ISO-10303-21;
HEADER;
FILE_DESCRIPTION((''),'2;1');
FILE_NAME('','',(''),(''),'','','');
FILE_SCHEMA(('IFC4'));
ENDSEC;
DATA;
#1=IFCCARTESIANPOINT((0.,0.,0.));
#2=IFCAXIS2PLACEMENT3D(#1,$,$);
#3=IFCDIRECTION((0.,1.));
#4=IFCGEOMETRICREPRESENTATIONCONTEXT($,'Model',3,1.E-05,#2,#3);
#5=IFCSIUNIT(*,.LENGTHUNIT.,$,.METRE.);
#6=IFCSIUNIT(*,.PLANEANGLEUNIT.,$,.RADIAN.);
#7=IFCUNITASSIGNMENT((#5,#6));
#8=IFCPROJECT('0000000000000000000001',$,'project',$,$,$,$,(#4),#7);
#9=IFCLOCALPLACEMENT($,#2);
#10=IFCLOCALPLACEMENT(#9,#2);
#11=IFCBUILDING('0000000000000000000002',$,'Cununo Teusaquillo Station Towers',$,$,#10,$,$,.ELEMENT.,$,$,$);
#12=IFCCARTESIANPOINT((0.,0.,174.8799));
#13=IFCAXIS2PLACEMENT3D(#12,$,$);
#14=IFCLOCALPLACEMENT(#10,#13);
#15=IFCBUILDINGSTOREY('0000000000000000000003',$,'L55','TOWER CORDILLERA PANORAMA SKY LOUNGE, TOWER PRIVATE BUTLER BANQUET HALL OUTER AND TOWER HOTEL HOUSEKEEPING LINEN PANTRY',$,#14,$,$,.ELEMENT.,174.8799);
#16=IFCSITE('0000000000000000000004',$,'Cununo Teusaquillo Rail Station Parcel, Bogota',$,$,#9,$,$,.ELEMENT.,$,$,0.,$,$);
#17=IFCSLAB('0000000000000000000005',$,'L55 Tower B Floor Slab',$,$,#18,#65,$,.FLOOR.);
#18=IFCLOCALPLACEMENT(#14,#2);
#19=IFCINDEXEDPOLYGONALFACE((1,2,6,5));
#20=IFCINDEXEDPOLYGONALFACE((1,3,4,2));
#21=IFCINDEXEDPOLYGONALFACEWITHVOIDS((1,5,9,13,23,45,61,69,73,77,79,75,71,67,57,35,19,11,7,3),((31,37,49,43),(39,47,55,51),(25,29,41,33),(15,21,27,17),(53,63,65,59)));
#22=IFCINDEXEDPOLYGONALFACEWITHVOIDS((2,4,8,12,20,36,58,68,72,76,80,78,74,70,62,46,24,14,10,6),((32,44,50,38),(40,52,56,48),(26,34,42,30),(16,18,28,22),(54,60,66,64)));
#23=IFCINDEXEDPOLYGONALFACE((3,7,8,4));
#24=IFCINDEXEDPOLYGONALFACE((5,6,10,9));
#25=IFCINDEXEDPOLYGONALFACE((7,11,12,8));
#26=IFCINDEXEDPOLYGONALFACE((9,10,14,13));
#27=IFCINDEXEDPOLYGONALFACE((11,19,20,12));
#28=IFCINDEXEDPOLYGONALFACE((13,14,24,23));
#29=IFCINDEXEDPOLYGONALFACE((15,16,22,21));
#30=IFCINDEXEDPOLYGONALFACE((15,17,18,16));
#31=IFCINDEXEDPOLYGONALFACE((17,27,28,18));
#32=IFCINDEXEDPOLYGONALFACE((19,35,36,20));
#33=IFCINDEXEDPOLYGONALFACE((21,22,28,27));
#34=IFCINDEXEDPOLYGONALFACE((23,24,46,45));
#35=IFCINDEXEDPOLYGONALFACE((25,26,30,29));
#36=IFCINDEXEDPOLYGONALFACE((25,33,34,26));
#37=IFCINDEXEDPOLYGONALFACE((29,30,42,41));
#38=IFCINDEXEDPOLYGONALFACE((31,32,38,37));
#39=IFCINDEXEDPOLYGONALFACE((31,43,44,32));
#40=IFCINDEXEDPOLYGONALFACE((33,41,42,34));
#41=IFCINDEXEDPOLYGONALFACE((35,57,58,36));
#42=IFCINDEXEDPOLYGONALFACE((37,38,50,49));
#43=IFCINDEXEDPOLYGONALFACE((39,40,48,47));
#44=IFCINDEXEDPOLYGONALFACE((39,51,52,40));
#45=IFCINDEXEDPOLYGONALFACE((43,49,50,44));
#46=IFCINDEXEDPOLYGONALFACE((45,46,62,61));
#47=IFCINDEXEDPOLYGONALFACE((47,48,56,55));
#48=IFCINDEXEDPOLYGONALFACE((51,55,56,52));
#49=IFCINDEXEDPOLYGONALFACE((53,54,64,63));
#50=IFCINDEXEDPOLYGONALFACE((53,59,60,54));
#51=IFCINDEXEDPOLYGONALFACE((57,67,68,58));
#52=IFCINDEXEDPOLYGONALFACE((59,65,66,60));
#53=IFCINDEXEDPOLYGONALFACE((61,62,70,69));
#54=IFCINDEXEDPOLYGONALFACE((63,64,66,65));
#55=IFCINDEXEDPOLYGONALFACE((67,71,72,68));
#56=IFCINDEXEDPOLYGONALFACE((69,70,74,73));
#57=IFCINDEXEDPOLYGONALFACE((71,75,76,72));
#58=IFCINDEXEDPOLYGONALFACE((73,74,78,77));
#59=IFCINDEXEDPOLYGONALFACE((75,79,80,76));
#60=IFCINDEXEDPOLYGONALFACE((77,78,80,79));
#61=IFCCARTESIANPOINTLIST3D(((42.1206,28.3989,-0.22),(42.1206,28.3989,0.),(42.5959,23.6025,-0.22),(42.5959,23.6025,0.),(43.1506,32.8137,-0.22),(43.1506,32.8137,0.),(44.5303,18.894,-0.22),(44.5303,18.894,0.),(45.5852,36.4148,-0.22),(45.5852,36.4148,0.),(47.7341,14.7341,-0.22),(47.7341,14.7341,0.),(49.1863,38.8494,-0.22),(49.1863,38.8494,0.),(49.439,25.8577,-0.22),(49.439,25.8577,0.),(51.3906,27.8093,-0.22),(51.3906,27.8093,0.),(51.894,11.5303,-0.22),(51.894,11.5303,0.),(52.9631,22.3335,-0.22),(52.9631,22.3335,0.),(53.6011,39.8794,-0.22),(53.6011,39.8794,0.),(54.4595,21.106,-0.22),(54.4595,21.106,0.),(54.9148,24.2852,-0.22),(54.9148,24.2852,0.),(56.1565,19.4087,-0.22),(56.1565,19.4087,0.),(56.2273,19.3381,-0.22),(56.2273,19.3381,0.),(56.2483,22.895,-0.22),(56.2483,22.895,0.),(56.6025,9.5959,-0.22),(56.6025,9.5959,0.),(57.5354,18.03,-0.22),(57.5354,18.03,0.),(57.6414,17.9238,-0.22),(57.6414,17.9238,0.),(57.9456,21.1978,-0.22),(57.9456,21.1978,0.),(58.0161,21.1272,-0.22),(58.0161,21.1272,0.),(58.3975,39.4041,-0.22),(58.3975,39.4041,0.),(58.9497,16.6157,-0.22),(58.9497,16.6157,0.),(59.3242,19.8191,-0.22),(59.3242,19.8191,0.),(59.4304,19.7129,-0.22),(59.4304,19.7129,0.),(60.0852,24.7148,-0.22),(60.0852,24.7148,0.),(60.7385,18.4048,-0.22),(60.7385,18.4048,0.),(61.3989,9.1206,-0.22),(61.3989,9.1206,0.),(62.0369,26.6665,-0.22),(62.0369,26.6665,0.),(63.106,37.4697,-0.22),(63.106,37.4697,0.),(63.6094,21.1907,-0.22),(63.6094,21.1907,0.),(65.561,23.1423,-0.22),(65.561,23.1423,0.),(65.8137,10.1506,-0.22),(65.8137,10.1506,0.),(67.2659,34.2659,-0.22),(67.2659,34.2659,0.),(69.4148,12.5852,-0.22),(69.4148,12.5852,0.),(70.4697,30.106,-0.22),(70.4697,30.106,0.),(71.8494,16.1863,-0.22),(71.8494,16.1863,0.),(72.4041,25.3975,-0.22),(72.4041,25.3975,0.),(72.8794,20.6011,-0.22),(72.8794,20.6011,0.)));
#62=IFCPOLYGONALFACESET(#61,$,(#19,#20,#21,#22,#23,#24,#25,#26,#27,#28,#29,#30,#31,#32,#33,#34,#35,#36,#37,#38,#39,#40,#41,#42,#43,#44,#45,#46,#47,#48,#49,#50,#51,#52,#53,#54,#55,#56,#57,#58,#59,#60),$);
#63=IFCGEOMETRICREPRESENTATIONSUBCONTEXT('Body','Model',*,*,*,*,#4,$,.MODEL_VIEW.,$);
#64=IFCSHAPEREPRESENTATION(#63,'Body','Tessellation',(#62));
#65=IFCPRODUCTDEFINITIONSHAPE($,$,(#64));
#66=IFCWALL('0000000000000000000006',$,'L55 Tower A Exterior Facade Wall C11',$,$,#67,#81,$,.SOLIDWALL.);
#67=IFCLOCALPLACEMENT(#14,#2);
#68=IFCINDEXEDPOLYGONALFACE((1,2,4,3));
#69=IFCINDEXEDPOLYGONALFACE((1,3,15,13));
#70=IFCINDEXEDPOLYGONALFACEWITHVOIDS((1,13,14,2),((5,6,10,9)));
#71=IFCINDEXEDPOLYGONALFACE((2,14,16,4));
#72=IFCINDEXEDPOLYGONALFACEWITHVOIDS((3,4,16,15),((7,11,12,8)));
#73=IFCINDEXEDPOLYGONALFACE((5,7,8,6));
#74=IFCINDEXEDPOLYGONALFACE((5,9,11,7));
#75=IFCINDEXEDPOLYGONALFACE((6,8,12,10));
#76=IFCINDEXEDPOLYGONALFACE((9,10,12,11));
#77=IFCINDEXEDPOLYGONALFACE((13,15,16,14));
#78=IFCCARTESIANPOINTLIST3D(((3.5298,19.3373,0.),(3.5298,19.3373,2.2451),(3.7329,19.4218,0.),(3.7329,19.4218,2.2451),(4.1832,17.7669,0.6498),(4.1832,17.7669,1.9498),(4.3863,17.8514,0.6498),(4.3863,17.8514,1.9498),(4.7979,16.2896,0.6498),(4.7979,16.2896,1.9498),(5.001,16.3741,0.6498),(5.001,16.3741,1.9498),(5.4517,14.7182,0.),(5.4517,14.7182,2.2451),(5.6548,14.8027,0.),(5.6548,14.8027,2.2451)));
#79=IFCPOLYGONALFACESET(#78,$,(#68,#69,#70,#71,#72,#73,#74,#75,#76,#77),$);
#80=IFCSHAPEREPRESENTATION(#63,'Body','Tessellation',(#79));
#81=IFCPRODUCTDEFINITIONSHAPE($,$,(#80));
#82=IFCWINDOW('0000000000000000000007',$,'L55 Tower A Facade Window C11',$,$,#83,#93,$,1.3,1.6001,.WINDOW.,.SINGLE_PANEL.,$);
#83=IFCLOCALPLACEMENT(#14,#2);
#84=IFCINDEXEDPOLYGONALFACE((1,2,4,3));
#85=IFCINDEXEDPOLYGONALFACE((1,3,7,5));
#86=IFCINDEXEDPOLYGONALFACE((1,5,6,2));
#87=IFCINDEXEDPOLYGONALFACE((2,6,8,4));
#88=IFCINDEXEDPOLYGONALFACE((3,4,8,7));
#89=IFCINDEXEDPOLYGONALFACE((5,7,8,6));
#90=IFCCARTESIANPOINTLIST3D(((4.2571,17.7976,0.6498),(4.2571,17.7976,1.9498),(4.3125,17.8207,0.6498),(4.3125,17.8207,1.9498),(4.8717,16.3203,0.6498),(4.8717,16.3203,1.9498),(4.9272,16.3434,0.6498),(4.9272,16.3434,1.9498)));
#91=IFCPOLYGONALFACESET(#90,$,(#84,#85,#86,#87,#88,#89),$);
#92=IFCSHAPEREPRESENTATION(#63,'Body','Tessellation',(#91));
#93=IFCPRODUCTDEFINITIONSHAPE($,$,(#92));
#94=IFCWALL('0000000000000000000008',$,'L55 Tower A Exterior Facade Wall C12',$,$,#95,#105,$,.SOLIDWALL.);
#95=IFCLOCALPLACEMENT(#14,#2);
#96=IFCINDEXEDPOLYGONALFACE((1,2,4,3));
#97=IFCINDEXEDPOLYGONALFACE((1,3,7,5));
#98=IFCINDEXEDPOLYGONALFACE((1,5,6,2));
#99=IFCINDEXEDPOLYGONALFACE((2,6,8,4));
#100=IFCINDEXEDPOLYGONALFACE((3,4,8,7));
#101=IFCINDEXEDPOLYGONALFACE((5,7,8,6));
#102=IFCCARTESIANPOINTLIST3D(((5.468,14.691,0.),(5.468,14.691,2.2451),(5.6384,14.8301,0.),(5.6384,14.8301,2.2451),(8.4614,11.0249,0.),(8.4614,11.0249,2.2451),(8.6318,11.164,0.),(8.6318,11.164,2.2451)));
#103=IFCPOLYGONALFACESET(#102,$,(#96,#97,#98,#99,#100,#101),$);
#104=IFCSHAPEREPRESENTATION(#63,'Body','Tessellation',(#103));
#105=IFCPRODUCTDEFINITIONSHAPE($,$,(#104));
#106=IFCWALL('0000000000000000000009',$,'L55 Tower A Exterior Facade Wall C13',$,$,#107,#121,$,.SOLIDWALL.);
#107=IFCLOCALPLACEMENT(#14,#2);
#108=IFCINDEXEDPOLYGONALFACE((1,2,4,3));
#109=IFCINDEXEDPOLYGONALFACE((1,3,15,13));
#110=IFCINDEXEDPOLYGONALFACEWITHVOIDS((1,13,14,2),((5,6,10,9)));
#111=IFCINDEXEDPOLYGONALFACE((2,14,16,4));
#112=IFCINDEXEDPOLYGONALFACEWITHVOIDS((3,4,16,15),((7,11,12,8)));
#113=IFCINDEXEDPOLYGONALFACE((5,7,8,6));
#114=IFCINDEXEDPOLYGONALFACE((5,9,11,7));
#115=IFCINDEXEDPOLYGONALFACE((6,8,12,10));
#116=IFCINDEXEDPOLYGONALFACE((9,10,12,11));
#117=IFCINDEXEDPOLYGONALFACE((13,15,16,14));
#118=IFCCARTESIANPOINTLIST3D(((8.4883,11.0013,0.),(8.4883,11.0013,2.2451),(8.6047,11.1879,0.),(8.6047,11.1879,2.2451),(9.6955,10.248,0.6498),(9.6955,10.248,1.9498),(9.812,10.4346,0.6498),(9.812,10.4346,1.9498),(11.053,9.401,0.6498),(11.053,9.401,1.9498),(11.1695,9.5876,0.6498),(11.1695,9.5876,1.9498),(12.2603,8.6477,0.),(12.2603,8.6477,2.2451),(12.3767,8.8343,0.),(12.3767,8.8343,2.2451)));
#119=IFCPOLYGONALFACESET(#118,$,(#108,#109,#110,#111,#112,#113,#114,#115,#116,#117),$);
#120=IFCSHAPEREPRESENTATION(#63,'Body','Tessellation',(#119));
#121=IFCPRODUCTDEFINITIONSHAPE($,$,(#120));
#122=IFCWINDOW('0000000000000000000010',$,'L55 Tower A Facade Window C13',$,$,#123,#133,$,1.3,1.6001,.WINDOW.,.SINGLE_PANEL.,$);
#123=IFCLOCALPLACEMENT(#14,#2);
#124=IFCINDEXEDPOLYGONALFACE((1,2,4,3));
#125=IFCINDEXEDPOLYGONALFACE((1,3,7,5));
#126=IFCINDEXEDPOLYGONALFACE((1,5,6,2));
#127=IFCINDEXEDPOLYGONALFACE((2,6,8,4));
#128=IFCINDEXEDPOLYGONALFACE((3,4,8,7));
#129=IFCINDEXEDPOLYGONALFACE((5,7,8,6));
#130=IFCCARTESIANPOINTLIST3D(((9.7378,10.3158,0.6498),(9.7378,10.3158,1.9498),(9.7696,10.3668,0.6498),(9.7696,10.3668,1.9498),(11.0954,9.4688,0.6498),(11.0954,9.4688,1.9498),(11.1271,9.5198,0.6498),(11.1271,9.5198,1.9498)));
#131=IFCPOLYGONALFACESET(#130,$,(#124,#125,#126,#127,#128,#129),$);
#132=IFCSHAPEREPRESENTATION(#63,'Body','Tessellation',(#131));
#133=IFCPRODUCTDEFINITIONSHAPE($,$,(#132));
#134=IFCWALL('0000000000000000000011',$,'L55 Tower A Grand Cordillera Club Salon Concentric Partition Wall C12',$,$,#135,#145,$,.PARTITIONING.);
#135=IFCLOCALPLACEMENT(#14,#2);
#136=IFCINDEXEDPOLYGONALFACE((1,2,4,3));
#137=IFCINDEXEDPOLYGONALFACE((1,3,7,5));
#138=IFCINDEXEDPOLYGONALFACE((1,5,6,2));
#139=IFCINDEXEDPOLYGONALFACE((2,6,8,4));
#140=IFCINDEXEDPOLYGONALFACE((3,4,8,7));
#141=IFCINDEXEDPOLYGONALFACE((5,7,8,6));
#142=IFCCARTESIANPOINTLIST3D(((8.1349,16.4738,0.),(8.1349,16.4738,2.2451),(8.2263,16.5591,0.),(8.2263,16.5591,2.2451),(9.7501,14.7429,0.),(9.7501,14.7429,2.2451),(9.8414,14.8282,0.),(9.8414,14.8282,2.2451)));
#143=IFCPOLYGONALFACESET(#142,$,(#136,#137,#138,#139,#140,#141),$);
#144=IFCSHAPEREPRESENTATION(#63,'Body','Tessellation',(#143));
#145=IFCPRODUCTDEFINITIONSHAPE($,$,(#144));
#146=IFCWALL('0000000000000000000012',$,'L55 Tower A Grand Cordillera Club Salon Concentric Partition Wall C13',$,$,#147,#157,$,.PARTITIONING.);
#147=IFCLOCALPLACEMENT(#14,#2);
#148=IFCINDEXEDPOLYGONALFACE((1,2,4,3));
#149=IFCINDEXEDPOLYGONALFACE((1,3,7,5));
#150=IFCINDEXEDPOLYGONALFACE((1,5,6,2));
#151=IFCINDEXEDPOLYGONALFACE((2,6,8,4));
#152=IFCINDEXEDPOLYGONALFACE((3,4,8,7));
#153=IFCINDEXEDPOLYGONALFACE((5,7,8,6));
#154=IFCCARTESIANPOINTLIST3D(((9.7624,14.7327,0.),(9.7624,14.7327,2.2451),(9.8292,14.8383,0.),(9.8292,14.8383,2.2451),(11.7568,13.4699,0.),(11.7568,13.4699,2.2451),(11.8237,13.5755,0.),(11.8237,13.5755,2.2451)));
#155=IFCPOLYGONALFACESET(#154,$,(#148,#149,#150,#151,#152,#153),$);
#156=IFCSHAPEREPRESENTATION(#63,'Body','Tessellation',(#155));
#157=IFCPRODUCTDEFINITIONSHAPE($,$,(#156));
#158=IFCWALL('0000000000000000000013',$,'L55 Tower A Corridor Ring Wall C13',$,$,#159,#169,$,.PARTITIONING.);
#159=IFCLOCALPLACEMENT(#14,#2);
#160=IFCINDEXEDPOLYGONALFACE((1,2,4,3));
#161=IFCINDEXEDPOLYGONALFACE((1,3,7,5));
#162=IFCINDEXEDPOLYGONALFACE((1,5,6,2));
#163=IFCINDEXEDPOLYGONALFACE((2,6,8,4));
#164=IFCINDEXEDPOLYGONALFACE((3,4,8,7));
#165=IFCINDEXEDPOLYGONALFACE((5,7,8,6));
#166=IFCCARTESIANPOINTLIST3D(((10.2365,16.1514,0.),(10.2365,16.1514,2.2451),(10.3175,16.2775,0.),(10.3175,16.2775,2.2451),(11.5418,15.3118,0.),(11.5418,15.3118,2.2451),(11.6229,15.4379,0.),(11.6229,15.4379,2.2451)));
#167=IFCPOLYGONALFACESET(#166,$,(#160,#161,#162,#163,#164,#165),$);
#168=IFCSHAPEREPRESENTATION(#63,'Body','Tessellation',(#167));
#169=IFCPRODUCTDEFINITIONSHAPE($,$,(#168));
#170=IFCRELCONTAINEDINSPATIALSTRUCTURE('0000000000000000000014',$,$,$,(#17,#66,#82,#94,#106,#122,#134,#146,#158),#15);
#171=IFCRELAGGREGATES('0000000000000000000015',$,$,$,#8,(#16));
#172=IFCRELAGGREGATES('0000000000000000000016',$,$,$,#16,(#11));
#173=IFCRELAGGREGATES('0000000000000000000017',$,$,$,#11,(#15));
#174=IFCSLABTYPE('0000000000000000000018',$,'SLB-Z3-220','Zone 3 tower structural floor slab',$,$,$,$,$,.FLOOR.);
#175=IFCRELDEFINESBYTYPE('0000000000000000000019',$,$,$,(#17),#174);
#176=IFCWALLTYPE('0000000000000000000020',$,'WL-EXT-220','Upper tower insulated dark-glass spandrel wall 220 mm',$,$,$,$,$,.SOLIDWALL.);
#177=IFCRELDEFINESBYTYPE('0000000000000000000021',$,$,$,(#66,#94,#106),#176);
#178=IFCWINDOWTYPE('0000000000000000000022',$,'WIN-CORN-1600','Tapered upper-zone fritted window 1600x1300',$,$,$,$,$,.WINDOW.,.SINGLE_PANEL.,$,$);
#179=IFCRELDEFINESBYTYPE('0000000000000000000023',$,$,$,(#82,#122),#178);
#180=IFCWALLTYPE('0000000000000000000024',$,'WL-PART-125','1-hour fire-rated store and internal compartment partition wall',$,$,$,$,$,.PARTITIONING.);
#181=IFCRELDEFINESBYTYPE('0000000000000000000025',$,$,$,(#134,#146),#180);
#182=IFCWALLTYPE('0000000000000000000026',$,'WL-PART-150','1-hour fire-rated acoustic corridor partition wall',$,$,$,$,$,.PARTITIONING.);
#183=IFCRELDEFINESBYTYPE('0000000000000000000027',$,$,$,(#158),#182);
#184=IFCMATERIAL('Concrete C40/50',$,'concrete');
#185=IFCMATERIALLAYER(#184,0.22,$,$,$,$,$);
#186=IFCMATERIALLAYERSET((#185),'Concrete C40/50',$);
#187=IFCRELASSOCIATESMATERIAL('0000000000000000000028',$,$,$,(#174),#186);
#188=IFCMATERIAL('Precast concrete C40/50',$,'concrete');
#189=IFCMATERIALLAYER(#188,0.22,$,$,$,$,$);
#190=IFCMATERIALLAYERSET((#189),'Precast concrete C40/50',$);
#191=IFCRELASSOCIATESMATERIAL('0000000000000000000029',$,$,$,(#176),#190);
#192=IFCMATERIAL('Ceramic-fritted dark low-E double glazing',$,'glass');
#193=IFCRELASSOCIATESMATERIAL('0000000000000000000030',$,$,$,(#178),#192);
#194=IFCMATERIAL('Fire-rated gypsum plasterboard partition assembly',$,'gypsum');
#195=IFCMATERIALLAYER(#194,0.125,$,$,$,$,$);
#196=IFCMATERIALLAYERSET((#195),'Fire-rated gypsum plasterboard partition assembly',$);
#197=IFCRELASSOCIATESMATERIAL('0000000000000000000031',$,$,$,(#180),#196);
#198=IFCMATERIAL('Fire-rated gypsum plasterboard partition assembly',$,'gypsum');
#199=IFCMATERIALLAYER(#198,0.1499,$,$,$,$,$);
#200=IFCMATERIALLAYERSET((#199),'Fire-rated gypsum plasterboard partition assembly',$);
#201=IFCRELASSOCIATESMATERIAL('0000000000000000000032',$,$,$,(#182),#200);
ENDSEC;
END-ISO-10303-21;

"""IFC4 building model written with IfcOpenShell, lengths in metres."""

from ifc_helpers import new_model, si_unit, direction, frame, frame_2d, origin, place, context, subcontext, project, spatial, polyline, rectangle, outline, extrude, source, transform, mapped, material, layer, layer_set, type_object, element, fill, save


model = new_model("IFC4")

# Units and contexts
model_context = context("Model", 3, precision=1e-05, world=origin(), true_north=direction((0.0, 1.0)))
body_context = subcontext(model_context, "Body", "Model", "MODEL_VIEW")
ifc_project = project(units=[si_unit("LENGTHUNIT", "METRE"), si_unit("PLANEANGLEUNIT", "RADIAN")], contexts=[model_context])

# Site, building, storey
site_placement = place(None, origin())
site = spatial("IfcSite", under=ifc_project, at=site_placement, Name="Cununo Teusaquillo Rail Station Parcel, Bogota", CompositionType="ELEMENT", RefElevation=0.0)
building_placement = place(site_placement, origin())
building = spatial("IfcBuilding", under=site, at=building_placement, Name="Cununo Teusaquillo Station Towers", CompositionType="ELEMENT")
storey_placement = place(building_placement, frame((0.0, 0.0, 174.8799)))
storey = spatial("IfcBuildingStorey", under=building, at=storey_placement, Name="L55", Description="TOWER CORDILLERA PANORAMA SKY LOUNGE, TOWER PRIVATE BUTLER BANQUET HALL OUTER AND TOWER HOTEL HOUSEKEEPING LINEN PANTRY", CompositionType="ELEMENT", Elevation=174.8799)

# Slab
ifc_material_1 = material(Name="Concrete C40/50", Category="concrete")
ifc_layer_1 = layer(ifc_material_1, 0.22)
ifc_layer_set_1 = layer_set([ifc_layer_1], Name="Concrete C40/50")
slab_type_1 = type_object("IfcSlabType", Name="SLB-Z3-220", Description="Zone 3 tower structural floor slab", PredefinedType="FLOOR", material=ifc_layer_set_1)
slab_1_placement = place(storey_placement, frame((0.0, 0.0, -0.22)))
element("IfcSlab", 1, at=slab_1_placement, inside=storey, type_object=slab_type_1, Name="L55 Tower B Floor Slab", PredefinedType="FLOOR", context=body_context, shape_type="SweptSolid", body=[
    extrude(outline(polyline([(67.2659, 34.2659), (63.106, 37.4697), (58.3975, 39.4041), (53.6011, 39.8794), (49.1863, 38.8494), (45.5852, 36.4148), (43.1506, 32.8137), (42.1206, 28.3989), (42.5959, 23.6025), (44.5303, 18.894), (47.7341, 14.7341), (51.894, 11.5303), (56.6025, 9.5959), (61.3989, 9.1206), (65.8137, 10.1506), (69.4148, 12.5852), (71.8494, 16.1863), (72.8794, 20.6011), (72.4041, 25.3975), (70.4697, 30.106), (67.2659, 34.2659)]), holes=[polyline([(54.9148, 24.2852), (51.3906, 27.8093), (49.439, 25.8577), (52.9631, 22.3335), (54.9148, 24.2852)]), polyline([(60.0852, 24.7148), (63.6094, 21.1907), (65.561, 23.1423), (62.0369, 26.6665), (60.0852, 24.7148)]), polyline([(56.1565, 19.4087), (57.9456, 21.1978), (56.2483, 22.895), (54.4595, 21.106), (56.1565, 19.4087)]), polyline([(58.9497, 16.6157), (60.7385, 18.4048), (59.4304, 19.7129), (57.6414, 17.9238), (58.9497, 16.6157)]), polyline([(57.5354, 18.03), (59.3242, 19.8191), (58.0161, 21.1272), (56.2273, 19.3381), (57.5354, 18.03)])]), origin(), (0.0, 0.0, 1.0), 0.22),
])

# Wall, opening, window
ifc_material_2 = material(Name="Precast concrete C40/50", Category="concrete")
ifc_layer_2 = layer(ifc_material_2, 0.22)
ifc_layer_set_2 = layer_set([ifc_layer_2], Name="Precast concrete C40/50")
wall_type_1 = type_object("IfcWallType", Name="WL-EXT-220", Description="Upper tower insulated dark-glass spandrel wall 220 mm", PredefinedType="SOLIDWALL", material=ifc_layer_set_2)
wall_1_placement = place(storey_placement, frame((5.5532, 14.7605, 0.0), z_axis=(0.0, 0.0, 1.0), x_axis=(-0.384144, 0.923273, 0.0)))
wall_1 = element("IfcWall", 2, at=wall_1_placement, inside=storey, type_object=wall_type_1, Name="L55 Tower A Exterior Facade Wall C11", PredefinedType="SOLIDWALL", context=body_context, shape_type="SweptSolid", body=[
    extrude(rectangle(XDim=5.0029, YDim=0.22, at=frame_2d((2.5015, 0.0))), origin(), (0.0, 0.0, 1.0), 2.2451),
])
shared_shape_1 = source(origin(), body_context, "Body", "SweptSolid", [
    extrude(rectangle(XDim=1.6001, YDim=1.3, at=frame_2d((0.8, 0.6499))), frame((0.0, 0.1199, 0.0), z_axis=(0.0, -1.0, 0.0), x_axis=(1.0, 0.0, 0.0)), (0.0, 0.0, 1.0), 0.24),
])
opening_1_placement = place(wall_1_placement, frame((1.7019, 0.0, 0.6499)))
opening_1 = element("IfcOpeningElement", 3, at=opening_1_placement, cuts=wall_1, PredefinedType="OPENING", context=body_context, shape_type="MappedRepresentation", body=[
    mapped(shared_shape_1, transform((0.0, 0.0, 0.0), x_axis=(1.0, 0.0, 0.0), y_axis=(0.0, 1.0, 0.0), z_axis=(0.0, 0.0, 1.0), scale=1.0)),
])
ifc_material_3 = material(Name="Ceramic-fritted dark low-E double glazing", Category="glass")
window_type = type_object("IfcWindowType", Name="WIN-CORN-1600", Description="Tapered upper-zone fritted window 1600x1300", PartitioningType="SINGLE_PANEL", PredefinedType="WINDOW", material=ifc_material_3)
shared_shape_2 = source(origin(), body_context, "Body", "SweptSolid", [
    extrude(rectangle(XDim=1.6001, YDim=1.3, at=frame_2d((0.8, 0.6499))), frame((0.0, 0.03, 0.0), z_axis=(0.0, -1.0, 0.0), x_axis=(1.0, 0.0, 0.0)), (0.0, 0.0, 1.0), 0.0601),
])
window_1_placement = place(opening_1_placement, origin())
window_1 = element("IfcWindow", 4, at=window_1_placement, inside=storey, type_object=window_type, Name="L55 Tower A Facade Window C11", OverallHeight=1.3, OverallWidth=1.6001, PartitioningType="SINGLE_PANEL", PredefinedType="WINDOW", context=body_context, shape_type="MappedRepresentation", body=[
    mapped(shared_shape_2, transform((0.0, 0.0, 0.0), x_axis=(1.0, 0.0, 0.0), y_axis=(0.0, 1.0, 0.0), z_axis=(0.0, 0.0, 1.0), scale=1.0)),
])
fill(opening_1, window_1)

# Wall
wall_2_placement = place(storey_placement, frame((8.5466, 11.0945, 0.0), z_axis=(0.0, 0.0, 1.0), x_axis=(-0.632471, 0.774584, 0.0)))
element("IfcWall", 5, at=wall_2_placement, inside=storey, type_object=wall_type_1, Name="L55 Tower A Exterior Facade Wall C12", PredefinedType="SOLIDWALL", context=body_context, shape_type="SweptSolid", body=[
    extrude(rectangle(XDim=4.7329, YDim=0.22, at=frame_2d((2.3665, 0.0))), origin(), (0.0, 0.0, 1.0), 2.2451),
])

# Wall, opening, window
wall_3_placement = place(storey_placement, frame((12.3186, 8.741, 0.0), z_axis=(0.0, 0.0, 1.0), x_axis=(-0.848399, 0.529357, 0.0)))
wall_3 = element("IfcWall", 6, at=wall_3_placement, inside=storey, type_object=wall_type_1, Name="L55 Tower A Exterior Facade Wall C13", PredefinedType="SOLIDWALL", context=body_context, shape_type="SweptSolid", body=[
    extrude(rectangle(XDim=4.446, YDim=0.22, at=frame_2d((2.2231, 0.0))), origin(), (0.0, 0.0, 1.0), 2.2451),
])
opening_2_placement = place(wall_3_placement, frame((1.4231, 0.0, 0.6499)))
opening_2 = element("IfcOpeningElement", 7, at=opening_2_placement, cuts=wall_3, PredefinedType="OPENING", context=body_context, shape_type="MappedRepresentation", body=[
    mapped(shared_shape_1, transform((0.0, 0.0, 0.0), x_axis=(1.0, 0.0, 0.0), y_axis=(0.0, 1.0, 0.0), z_axis=(0.0, 0.0, 1.0), scale=1.0)),
])
window_2_placement = place(opening_2_placement, origin())
window_2 = element("IfcWindow", 8, at=window_2_placement, inside=storey, type_object=window_type, Name="L55 Tower A Facade Window C13", OverallHeight=1.3, OverallWidth=1.6001, PartitioningType="SINGLE_PANEL", PredefinedType="WINDOW", context=body_context, shape_type="MappedRepresentation", body=[
    mapped(shared_shape_2, transform((0.0, 0.0, 0.0), x_axis=(1.0, 0.0, 0.0), y_axis=(0.0, 1.0, 0.0), z_axis=(0.0, 0.0, 1.0), scale=1.0)),
])
fill(opening_2, window_2)

# Walls
ifc_material_4 = material(Name="Fire-rated gypsum plasterboard partition assembly", Category="gypsum")
ifc_layer_3 = layer(ifc_material_4, 0.125)
ifc_layer_set_3 = layer_set([ifc_layer_3], Name="Fire-rated gypsum plasterboard partition assembly")
wall_type_2 = type_object("IfcWallType", Name="WL-PART-125", Description="1-hour fire-rated store and internal compartment partition wall", PredefinedType="PARTITIONING", material=ifc_layer_set_3)
wall_4_placement = place(storey_placement, frame((8.1807, 16.5164, 0.0), z_axis=(0.0, 0.0, 1.0), x_axis=(0.682245, -0.731124, 0.0)))
element("IfcWall", 9, at=wall_4_placement, inside=storey, type_object=wall_type_2, Name="L55 Tower A Grand Cordillera Club Salon Concentric Partition Wall C12", PredefinedType="PARTITIONING", context=body_context, shape_type="SweptSolid", body=[
    extrude(rectangle(XDim=2.3674, YDim=0.125, at=frame_2d((1.1836, 0.0))), origin(), (0.0, 0.0, 1.0), 2.2451),
])
wall_5_placement = place(storey_placement, frame((9.7959, 14.7854, 0.0), z_axis=(0.0, 0.0, 1.0), x_axis=(0.844899, -0.534927, 0.0)))
element("IfcWall", 10, at=wall_5_placement, inside=storey, type_object=wall_type_2, Name="L55 Tower A Grand Cordillera Club Salon Concentric Partition Wall C13", PredefinedType="PARTITIONING", context=body_context, shape_type="SweptSolid", body=[
    extrude(rectangle(XDim=2.3606, YDim=0.125, at=frame_2d((1.1802, 0.0))), origin(), (0.0, 0.0, 1.0), 2.2451),
])
ifc_material_5 = material(Name="Fire-rated gypsum plasterboard partition assembly", Category="gypsum")
ifc_layer_4 = layer(ifc_material_5, 0.1499)
ifc_layer_set_4 = layer_set([ifc_layer_4], Name="Fire-rated gypsum plasterboard partition assembly")
wall_type_3 = type_object("IfcWallType", Name="WL-PART-150", Description="1-hour fire-rated acoustic corridor partition wall", PredefinedType="PARTITIONING", material=ifc_layer_set_4)
wall_6_placement = place(storey_placement, frame((10.2771, 16.2144, 0.0), z_axis=(0.0, 0.0, 1.0), x_axis=(0.841061, -0.54094, 0.0)))
element("IfcWall", 11, at=wall_6_placement, inside=storey, type_object=wall_type_3, Name="L55 Tower A Corridor Ring Wall C13", PredefinedType="PARTITIONING", context=body_context, shape_type="SweptSolid", body=[
    extrude(rectangle(XDim=1.552, YDim=0.1499, at=frame_2d((0.7759, 0.0))), origin(), (0.0, 0.0, 1.0), 2.2451),
])

save(model, "model.ifc")
